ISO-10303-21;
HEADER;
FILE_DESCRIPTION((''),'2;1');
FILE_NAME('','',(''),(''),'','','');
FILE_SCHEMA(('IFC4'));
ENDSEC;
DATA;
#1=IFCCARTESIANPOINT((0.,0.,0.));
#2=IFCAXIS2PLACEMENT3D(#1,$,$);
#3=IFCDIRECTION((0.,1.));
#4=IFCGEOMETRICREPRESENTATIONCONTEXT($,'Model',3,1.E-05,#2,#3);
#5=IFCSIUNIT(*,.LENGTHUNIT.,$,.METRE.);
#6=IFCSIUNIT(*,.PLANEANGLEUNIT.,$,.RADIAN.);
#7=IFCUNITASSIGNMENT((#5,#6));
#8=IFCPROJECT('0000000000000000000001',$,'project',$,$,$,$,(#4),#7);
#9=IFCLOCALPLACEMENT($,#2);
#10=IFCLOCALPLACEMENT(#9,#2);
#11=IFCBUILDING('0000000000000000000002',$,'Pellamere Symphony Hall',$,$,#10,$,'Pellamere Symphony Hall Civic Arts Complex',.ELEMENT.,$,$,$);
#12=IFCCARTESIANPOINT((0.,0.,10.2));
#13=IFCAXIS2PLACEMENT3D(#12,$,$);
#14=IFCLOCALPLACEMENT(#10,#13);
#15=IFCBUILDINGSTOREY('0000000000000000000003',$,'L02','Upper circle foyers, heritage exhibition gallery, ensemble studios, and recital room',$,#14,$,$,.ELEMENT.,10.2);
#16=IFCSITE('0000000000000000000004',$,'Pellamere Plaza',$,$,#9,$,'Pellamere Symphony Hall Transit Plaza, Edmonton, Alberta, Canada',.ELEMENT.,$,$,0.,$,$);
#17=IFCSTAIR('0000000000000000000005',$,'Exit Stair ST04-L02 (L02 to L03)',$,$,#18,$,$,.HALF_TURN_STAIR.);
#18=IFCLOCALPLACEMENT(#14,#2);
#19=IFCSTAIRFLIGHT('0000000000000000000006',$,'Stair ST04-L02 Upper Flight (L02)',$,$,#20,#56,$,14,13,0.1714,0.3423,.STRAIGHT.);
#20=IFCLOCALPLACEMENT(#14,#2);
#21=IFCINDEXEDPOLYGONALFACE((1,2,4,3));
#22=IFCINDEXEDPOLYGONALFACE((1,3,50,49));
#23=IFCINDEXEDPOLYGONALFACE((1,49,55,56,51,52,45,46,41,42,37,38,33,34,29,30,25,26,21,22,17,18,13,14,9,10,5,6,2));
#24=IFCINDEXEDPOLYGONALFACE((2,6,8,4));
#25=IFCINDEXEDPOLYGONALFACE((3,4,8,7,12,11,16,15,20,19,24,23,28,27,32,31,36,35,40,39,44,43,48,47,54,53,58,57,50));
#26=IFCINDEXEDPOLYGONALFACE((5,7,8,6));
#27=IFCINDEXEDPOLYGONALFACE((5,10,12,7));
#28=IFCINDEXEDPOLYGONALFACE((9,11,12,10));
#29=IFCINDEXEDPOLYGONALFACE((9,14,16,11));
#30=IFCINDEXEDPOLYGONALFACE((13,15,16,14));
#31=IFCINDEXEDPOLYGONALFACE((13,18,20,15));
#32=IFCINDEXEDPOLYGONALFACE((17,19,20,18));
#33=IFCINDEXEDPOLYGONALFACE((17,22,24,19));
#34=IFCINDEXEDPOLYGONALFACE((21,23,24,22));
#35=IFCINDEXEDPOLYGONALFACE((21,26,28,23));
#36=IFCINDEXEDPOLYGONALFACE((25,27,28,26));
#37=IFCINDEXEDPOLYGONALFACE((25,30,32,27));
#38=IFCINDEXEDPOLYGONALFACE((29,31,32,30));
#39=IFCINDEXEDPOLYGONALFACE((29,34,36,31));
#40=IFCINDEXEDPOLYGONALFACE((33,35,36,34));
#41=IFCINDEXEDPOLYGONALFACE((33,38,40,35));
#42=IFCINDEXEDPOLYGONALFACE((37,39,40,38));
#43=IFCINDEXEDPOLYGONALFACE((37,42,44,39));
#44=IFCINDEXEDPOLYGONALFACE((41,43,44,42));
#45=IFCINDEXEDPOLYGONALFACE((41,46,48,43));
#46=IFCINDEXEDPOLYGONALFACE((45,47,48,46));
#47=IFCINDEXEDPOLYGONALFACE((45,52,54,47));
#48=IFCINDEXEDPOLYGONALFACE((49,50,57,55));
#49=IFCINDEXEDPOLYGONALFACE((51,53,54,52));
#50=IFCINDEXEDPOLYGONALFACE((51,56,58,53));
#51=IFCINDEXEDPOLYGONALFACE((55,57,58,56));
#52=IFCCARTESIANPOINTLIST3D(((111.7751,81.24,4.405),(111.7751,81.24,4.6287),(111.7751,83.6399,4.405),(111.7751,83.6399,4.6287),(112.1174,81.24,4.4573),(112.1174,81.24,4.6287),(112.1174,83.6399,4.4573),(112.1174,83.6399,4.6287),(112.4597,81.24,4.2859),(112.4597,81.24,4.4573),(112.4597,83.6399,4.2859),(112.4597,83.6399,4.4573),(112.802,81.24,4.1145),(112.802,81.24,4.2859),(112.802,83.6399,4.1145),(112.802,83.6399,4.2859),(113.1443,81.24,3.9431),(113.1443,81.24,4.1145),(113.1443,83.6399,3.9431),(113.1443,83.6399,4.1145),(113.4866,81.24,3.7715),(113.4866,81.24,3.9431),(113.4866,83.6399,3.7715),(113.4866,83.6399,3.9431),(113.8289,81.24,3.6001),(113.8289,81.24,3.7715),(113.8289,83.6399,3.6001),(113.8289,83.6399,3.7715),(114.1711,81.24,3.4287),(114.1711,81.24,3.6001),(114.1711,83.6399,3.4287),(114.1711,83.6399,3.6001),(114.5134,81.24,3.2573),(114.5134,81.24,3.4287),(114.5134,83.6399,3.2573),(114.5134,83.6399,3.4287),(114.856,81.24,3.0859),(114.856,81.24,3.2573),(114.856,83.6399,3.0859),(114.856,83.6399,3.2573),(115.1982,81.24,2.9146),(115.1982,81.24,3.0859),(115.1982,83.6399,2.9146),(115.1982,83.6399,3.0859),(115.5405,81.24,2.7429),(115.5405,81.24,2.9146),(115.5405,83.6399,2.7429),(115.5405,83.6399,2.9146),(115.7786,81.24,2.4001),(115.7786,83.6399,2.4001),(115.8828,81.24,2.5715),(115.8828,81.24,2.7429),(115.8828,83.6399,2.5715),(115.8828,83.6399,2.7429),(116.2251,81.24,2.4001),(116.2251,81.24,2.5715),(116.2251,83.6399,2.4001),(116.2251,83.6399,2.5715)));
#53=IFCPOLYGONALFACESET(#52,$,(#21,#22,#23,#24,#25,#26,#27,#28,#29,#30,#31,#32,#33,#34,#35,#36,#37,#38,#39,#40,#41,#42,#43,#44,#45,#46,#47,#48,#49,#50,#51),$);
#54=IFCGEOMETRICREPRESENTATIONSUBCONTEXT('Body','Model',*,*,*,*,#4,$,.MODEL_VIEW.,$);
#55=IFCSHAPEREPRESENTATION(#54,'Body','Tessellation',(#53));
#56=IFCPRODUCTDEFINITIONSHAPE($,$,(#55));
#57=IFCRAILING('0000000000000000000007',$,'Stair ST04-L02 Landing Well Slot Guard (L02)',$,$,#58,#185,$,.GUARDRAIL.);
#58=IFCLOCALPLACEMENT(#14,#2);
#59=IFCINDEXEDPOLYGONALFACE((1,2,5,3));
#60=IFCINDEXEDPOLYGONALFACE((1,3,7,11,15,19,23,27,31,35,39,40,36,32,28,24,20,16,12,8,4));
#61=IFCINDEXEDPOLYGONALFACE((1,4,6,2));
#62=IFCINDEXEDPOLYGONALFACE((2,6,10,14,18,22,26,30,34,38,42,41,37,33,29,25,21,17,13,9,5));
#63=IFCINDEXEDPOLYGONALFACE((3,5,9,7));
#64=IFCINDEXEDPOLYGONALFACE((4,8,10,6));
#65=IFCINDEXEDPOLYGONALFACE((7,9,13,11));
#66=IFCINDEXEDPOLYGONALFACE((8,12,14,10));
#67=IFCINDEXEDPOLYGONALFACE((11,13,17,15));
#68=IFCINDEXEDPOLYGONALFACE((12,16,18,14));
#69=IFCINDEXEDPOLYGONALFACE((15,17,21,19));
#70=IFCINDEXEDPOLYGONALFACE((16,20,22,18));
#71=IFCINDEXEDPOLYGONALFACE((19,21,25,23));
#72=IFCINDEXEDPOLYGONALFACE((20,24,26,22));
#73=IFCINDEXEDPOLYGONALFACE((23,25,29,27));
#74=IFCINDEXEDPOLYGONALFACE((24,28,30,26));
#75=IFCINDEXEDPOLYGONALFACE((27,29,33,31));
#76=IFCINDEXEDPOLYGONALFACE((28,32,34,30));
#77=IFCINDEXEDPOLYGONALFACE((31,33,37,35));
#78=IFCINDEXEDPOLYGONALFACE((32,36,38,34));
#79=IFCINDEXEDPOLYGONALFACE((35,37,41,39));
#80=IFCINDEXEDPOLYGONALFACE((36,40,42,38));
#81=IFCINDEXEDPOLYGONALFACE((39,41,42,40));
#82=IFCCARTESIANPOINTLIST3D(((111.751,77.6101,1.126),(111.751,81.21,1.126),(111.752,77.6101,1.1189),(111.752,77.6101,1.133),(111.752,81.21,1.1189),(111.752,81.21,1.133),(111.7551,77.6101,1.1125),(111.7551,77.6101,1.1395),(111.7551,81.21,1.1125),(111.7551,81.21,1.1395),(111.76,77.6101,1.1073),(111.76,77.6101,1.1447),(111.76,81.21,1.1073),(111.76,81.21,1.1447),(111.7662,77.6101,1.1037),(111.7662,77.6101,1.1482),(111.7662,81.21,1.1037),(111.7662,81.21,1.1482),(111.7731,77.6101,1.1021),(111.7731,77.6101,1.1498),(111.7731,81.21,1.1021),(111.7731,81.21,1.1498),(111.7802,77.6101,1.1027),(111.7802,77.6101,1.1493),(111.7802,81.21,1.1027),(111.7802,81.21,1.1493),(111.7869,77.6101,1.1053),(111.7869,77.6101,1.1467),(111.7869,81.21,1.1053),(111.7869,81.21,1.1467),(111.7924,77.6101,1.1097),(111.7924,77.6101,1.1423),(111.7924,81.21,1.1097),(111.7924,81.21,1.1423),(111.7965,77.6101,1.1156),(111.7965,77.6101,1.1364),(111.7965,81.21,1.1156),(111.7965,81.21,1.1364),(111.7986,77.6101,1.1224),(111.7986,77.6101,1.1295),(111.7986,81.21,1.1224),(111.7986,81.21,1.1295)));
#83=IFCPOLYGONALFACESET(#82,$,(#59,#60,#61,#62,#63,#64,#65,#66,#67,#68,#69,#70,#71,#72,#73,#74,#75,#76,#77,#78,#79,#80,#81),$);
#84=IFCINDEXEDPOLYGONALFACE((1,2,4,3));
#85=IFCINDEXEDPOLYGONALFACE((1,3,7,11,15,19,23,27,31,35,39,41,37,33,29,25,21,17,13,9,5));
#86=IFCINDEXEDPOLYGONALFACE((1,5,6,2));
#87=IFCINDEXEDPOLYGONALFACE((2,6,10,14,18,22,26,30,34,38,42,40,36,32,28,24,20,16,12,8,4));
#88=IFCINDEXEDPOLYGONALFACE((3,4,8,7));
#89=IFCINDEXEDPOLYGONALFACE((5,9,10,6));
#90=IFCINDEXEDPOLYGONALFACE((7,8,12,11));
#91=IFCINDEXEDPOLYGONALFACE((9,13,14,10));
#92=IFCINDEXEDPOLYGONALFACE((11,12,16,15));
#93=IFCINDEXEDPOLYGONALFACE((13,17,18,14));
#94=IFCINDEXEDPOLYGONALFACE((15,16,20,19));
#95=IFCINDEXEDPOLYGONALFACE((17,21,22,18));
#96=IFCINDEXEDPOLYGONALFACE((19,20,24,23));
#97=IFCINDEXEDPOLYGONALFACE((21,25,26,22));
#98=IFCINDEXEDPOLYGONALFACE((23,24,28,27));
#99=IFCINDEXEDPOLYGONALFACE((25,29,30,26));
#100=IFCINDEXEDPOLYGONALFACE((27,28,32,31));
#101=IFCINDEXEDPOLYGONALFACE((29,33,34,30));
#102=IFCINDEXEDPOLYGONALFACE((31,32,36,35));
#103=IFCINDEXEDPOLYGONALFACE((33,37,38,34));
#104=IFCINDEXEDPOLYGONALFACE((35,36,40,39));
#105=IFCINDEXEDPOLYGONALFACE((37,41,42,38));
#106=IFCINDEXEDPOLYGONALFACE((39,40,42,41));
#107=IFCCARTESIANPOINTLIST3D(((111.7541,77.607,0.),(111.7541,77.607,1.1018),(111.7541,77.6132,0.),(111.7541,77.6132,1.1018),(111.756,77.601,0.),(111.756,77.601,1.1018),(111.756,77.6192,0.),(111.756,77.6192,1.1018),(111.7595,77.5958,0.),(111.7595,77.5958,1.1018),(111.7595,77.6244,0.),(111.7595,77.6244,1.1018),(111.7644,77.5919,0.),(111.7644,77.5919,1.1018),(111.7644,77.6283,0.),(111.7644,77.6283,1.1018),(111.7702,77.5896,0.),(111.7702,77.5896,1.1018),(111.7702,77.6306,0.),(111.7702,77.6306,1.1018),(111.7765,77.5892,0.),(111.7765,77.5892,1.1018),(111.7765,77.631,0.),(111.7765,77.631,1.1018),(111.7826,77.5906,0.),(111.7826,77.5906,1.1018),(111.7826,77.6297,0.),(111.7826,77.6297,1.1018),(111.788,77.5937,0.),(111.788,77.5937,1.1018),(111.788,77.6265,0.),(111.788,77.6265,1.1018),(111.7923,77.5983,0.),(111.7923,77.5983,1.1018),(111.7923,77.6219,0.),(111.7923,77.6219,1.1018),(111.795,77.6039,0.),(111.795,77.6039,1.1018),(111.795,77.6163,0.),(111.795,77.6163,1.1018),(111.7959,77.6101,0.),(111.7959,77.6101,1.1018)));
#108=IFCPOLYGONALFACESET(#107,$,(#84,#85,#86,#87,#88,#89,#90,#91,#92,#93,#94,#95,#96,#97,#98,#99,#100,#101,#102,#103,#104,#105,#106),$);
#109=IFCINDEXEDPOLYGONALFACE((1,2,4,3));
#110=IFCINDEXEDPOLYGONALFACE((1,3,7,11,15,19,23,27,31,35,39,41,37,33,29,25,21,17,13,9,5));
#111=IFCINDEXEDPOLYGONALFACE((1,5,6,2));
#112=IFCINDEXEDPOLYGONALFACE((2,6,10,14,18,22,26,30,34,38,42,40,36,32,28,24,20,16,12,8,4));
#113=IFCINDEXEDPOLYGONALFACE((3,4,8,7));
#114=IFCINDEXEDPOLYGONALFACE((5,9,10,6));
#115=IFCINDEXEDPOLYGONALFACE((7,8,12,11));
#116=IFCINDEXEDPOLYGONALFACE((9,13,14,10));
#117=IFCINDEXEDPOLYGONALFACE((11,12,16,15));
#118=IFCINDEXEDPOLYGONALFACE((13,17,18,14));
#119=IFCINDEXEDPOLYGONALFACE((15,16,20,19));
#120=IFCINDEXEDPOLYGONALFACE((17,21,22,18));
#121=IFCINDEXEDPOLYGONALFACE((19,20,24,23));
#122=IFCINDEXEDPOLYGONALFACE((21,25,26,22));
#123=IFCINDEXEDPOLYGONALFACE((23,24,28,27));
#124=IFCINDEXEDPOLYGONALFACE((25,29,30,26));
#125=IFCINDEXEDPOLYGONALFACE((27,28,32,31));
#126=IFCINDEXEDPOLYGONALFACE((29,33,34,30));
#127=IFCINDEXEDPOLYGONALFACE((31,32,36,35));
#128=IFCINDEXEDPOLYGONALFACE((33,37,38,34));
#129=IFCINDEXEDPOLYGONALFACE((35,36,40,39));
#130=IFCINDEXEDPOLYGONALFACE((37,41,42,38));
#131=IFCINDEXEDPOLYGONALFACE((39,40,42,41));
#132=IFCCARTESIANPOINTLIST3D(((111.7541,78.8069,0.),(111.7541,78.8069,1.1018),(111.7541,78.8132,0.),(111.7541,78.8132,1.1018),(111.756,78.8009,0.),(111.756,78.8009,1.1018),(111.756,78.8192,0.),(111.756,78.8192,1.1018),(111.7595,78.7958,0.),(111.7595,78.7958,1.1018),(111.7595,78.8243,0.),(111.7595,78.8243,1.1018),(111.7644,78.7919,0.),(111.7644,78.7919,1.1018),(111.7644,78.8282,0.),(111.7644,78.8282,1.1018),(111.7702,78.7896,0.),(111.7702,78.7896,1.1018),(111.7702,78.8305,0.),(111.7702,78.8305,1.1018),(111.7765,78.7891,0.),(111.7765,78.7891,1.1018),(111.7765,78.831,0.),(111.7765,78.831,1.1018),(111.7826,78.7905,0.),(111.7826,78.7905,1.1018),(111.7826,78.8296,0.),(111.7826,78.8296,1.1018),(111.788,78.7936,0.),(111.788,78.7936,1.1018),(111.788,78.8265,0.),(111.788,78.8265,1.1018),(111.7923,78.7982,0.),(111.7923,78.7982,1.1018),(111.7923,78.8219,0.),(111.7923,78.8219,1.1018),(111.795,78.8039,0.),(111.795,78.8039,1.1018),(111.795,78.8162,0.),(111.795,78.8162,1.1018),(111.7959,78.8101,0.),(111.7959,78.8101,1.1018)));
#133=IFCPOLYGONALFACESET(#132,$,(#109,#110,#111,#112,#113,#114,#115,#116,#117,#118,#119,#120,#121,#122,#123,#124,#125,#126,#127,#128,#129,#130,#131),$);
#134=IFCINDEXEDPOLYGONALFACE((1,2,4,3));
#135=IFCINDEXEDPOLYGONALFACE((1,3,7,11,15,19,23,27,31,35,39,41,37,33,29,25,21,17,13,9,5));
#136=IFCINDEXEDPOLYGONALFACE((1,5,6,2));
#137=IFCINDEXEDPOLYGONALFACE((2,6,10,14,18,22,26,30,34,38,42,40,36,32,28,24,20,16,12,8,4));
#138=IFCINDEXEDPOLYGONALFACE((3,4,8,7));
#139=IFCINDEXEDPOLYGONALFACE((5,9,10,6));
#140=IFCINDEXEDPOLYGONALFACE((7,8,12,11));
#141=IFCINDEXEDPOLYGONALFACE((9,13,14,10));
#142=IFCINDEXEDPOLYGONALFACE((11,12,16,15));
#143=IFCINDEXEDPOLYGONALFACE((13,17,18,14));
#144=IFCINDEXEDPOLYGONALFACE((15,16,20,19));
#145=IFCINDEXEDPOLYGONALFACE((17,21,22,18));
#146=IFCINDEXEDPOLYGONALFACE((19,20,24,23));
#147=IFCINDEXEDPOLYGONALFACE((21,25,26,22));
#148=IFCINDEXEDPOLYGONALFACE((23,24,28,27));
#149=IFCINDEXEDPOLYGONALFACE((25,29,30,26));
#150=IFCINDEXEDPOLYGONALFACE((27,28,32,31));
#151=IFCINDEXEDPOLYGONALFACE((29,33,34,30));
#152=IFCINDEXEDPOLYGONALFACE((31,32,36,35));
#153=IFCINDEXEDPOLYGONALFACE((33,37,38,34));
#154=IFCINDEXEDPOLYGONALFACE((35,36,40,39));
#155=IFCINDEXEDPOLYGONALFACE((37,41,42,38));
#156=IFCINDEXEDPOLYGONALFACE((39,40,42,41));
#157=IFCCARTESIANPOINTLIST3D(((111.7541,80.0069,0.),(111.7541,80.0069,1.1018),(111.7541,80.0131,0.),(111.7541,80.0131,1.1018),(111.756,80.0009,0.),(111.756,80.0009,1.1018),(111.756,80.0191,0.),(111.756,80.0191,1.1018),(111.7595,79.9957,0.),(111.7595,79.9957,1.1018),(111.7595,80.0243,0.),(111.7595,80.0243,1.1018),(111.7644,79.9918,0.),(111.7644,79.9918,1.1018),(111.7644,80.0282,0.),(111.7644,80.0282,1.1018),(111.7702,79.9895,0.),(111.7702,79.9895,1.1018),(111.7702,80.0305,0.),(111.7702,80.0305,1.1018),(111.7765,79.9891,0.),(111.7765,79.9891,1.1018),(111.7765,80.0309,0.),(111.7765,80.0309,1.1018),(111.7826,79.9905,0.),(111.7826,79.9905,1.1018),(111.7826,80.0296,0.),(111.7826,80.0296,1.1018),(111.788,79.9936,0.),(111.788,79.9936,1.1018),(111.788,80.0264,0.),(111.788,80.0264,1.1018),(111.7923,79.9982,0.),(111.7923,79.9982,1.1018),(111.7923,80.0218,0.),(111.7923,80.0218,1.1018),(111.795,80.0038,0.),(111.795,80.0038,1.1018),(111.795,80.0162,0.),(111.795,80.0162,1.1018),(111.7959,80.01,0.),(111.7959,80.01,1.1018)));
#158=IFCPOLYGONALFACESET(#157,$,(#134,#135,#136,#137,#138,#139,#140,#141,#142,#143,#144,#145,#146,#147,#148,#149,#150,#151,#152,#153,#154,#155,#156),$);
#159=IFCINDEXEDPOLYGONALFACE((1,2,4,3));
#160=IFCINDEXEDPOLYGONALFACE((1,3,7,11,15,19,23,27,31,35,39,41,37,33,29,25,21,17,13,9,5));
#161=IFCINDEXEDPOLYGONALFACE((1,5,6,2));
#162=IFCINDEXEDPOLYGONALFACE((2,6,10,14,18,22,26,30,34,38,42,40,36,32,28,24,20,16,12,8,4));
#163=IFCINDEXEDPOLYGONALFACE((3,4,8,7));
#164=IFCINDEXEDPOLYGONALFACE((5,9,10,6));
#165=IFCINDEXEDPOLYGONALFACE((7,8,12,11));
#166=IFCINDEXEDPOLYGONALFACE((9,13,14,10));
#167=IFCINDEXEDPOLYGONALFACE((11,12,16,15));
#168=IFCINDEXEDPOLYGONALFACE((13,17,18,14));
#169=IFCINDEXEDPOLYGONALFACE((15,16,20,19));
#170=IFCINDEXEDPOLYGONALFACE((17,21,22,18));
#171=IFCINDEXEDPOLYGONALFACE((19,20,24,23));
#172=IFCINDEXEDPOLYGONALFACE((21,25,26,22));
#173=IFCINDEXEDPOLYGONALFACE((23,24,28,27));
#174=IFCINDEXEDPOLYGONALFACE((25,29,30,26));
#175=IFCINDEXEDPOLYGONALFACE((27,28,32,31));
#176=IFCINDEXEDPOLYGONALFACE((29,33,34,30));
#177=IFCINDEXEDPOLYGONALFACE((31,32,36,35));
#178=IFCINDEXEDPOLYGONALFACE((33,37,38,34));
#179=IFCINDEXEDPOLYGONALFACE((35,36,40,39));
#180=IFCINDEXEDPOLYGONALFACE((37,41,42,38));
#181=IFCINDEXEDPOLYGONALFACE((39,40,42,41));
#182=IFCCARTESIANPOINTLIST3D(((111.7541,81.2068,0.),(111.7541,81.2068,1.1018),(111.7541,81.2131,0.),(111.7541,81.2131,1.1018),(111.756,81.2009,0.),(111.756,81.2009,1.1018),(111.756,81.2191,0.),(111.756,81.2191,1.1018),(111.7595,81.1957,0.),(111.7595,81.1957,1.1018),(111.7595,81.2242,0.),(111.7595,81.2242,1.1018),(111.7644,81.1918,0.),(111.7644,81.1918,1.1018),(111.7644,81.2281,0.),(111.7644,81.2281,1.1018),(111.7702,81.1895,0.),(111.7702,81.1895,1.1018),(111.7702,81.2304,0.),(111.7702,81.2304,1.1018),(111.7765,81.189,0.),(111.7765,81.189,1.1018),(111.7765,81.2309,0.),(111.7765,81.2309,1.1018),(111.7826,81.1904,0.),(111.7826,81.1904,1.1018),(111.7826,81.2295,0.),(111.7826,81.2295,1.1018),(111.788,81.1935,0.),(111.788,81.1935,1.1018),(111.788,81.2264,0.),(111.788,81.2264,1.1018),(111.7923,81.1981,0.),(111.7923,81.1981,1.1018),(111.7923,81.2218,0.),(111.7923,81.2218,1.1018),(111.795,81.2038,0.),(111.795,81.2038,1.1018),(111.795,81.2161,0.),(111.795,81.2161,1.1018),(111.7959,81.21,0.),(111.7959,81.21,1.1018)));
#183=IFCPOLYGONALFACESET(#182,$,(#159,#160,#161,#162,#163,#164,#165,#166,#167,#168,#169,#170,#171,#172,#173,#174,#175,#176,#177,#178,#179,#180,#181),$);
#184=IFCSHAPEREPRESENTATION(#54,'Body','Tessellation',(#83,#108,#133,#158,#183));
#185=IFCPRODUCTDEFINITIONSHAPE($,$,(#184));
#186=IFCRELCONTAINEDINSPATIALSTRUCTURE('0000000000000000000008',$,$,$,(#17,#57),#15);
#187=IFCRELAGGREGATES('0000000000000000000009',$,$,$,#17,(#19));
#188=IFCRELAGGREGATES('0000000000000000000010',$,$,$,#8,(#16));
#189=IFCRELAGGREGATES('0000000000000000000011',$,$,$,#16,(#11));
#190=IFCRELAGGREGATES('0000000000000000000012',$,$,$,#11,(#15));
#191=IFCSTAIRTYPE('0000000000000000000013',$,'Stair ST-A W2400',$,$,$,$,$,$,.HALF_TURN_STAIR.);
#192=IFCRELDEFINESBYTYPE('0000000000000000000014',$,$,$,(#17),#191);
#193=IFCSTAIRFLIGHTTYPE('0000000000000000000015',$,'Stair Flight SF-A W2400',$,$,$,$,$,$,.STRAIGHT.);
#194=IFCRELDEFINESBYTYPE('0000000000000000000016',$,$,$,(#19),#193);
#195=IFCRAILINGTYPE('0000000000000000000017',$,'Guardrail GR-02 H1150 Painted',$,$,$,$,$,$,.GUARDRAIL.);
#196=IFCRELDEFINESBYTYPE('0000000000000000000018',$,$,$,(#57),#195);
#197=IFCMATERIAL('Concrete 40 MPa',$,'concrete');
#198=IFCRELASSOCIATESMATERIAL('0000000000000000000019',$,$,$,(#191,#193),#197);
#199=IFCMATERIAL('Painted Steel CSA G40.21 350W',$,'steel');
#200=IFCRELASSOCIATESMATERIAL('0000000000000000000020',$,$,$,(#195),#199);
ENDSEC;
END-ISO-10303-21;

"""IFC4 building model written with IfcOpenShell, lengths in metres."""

from ifc_helpers import new_model, si_unit, direction, frame, origin, origin_2d, place, context, subcontext, project, spatial, polyline, circle, outline, extrude, material, type_object, element, aggregate, save


model = new_model("IFC4")

# Units and contexts
model_context = context("Model", 3, precision=1e-05, world=origin(), true_north=direction((0.0, 1.0)))
body_context = subcontext(model_context, "Body", "Model", "MODEL_VIEW")
ifc_project = project(units=[si_unit("LENGTHUNIT", "METRE"), si_unit("PLANEANGLEUNIT", "RADIAN")], contexts=[model_context])

# Site, building, storey
site_placement = place(None, origin())
site = spatial("IfcSite", under=ifc_project, at=site_placement, Name="Pellamere Plaza", LongName="Pellamere Symphony Hall Transit Plaza, Edmonton, Alberta, Canada", CompositionType="ELEMENT", RefElevation=0.0)
building_placement = place(site_placement, origin())
building = spatial("IfcBuilding", under=site, at=building_placement, Name="Pellamere Symphony Hall", LongName="Pellamere Symphony Hall Civic Arts Complex", CompositionType="ELEMENT")
storey_placement = place(building_placement, frame((0.0, 0.0, 10.2)))
storey = spatial("IfcBuildingStorey", under=building, at=storey_placement, Name="L02", Description="Upper circle foyers, heritage exhibition gallery, ensemble studios, and recital room", CompositionType="ELEMENT", Elevation=10.2)

# Shared definitions
ifc_material_1 = material(Name="Concrete 40 MPa", Category="concrete")

# Stair, stair flight
stair_type = type_object("IfcStairType", Name="Stair ST-A W2400", PredefinedType="HALF_TURN_STAIR", material=ifc_material_1)
stair_placement = place(storey_placement, origin())
stair = element("IfcStair", 1, at=stair_placement, inside=storey, type_object=stair_type, Name="Exit Stair ST04-L02 (L02 to L03)", PredefinedType="HALF_TURN_STAIR")
stair_flight_type = type_object("IfcStairFlightType", Name="Stair Flight SF-A W2400", PredefinedType="STRAIGHT", material=ifc_material_1)
stair_flight_1_placement = place(storey_placement, frame((116.2251, 82.4399, 2.4001), z_axis=(0.0, 0.0, 1.0), x_axis=(-1.0, 0.0, 0.0)))
stair_flight_1 = element("IfcStairFlight", 2, at=stair_flight_1_placement, type_object=stair_flight_type, Name="Stair ST04-L02 Upper Flight (L02)", NumberOfRisers=14, NumberOfTreads=13, PredefinedType="STRAIGHT", RiserHeight=0.1714, TreadLength=0.3423, context=body_context, shape_type="SweptSolid", body=[
    extrude(outline(polyline([(0.0, 0.0), (0.0, 0.1714), (0.3423, 0.1714), (0.3423, 0.3428), (0.6846, 0.3428), (0.6846, 0.5144), (1.0269, 0.5144), (1.0269, 0.6858), (1.3691, 0.6858), (1.3691, 0.8572), (1.7117, 0.8572), (1.7117, 1.0286), (2.054, 1.0286), (2.054, 1.2), (2.3962, 1.2), (2.3962, 1.3713), (2.7385, 1.3713), (2.7385, 1.543), (3.0808, 1.543), (3.0808, 1.7144), (3.4231, 1.7144), (3.4231, 1.8857), (3.7654, 1.8857), (3.7654, 2.0571), (4.1077, 2.0571), (4.1077, 2.2285), (4.45, 2.2285), (4.45, 2.3999), (4.45, 2.0049), (0.4465, 0.0), (0.0, 0.0)])), frame((0.0, 1.2, 0.0), z_axis=(0.0, -1.0, 0.0), x_axis=(1.0, 0.0, 0.0)), (0.0, 0.0, 1.0), 2.3999),
])
aggregate(stair, [stair_flight_1])

# Railing
ifc_material_2 = material(Name="Painted Steel CSA G40.21 350W", Category="steel")
railing_type_1 = type_object("IfcRailingType", Name="Guardrail GR-02 H1150 Painted", PredefinedType="GUARDRAIL", material=ifc_material_2)
railing_1_placement = place(storey_placement, frame((111.7749, 77.6101, 0.0)))
element("IfcRailing", 3, at=railing_1_placement, inside=storey, type_object=railing_type_1, Name="Stair ST04-L02 Landing Well Slot Guard (L02)", PredefinedType="GUARDRAIL", context=body_context, shape_type="SweptSolid", body=[
    extrude(circle(Radius=0.0239, at=origin_2d()), frame((0.0, 0.0, 1.126), z_axis=(0.0, 1.0, 0.0), x_axis=(-1.0, 0.0, 0.0)), (0.0, 0.0, 1.0), 3.5999),
    extrude(circle(Radius=0.021, at=origin_2d()), origin(), (0.0, 0.0, 1.0), 1.1018),
    extrude(circle(Radius=0.021, at=origin_2d()), frame((0.0, 1.2, 0.0)), (0.0, 0.0, 1.0), 1.1018),
    extrude(circle(Radius=0.021, at=origin_2d()), frame((0.0, 2.3999, 0.0)), (0.0, 0.0, 1.0), 1.1018),
    extrude(circle(Radius=0.021, at=origin_2d()), frame((0.0, 3.5999, 0.0)), (0.0, 0.0, 1.0), 1.1018),
])

save(model, "model.ifc")
